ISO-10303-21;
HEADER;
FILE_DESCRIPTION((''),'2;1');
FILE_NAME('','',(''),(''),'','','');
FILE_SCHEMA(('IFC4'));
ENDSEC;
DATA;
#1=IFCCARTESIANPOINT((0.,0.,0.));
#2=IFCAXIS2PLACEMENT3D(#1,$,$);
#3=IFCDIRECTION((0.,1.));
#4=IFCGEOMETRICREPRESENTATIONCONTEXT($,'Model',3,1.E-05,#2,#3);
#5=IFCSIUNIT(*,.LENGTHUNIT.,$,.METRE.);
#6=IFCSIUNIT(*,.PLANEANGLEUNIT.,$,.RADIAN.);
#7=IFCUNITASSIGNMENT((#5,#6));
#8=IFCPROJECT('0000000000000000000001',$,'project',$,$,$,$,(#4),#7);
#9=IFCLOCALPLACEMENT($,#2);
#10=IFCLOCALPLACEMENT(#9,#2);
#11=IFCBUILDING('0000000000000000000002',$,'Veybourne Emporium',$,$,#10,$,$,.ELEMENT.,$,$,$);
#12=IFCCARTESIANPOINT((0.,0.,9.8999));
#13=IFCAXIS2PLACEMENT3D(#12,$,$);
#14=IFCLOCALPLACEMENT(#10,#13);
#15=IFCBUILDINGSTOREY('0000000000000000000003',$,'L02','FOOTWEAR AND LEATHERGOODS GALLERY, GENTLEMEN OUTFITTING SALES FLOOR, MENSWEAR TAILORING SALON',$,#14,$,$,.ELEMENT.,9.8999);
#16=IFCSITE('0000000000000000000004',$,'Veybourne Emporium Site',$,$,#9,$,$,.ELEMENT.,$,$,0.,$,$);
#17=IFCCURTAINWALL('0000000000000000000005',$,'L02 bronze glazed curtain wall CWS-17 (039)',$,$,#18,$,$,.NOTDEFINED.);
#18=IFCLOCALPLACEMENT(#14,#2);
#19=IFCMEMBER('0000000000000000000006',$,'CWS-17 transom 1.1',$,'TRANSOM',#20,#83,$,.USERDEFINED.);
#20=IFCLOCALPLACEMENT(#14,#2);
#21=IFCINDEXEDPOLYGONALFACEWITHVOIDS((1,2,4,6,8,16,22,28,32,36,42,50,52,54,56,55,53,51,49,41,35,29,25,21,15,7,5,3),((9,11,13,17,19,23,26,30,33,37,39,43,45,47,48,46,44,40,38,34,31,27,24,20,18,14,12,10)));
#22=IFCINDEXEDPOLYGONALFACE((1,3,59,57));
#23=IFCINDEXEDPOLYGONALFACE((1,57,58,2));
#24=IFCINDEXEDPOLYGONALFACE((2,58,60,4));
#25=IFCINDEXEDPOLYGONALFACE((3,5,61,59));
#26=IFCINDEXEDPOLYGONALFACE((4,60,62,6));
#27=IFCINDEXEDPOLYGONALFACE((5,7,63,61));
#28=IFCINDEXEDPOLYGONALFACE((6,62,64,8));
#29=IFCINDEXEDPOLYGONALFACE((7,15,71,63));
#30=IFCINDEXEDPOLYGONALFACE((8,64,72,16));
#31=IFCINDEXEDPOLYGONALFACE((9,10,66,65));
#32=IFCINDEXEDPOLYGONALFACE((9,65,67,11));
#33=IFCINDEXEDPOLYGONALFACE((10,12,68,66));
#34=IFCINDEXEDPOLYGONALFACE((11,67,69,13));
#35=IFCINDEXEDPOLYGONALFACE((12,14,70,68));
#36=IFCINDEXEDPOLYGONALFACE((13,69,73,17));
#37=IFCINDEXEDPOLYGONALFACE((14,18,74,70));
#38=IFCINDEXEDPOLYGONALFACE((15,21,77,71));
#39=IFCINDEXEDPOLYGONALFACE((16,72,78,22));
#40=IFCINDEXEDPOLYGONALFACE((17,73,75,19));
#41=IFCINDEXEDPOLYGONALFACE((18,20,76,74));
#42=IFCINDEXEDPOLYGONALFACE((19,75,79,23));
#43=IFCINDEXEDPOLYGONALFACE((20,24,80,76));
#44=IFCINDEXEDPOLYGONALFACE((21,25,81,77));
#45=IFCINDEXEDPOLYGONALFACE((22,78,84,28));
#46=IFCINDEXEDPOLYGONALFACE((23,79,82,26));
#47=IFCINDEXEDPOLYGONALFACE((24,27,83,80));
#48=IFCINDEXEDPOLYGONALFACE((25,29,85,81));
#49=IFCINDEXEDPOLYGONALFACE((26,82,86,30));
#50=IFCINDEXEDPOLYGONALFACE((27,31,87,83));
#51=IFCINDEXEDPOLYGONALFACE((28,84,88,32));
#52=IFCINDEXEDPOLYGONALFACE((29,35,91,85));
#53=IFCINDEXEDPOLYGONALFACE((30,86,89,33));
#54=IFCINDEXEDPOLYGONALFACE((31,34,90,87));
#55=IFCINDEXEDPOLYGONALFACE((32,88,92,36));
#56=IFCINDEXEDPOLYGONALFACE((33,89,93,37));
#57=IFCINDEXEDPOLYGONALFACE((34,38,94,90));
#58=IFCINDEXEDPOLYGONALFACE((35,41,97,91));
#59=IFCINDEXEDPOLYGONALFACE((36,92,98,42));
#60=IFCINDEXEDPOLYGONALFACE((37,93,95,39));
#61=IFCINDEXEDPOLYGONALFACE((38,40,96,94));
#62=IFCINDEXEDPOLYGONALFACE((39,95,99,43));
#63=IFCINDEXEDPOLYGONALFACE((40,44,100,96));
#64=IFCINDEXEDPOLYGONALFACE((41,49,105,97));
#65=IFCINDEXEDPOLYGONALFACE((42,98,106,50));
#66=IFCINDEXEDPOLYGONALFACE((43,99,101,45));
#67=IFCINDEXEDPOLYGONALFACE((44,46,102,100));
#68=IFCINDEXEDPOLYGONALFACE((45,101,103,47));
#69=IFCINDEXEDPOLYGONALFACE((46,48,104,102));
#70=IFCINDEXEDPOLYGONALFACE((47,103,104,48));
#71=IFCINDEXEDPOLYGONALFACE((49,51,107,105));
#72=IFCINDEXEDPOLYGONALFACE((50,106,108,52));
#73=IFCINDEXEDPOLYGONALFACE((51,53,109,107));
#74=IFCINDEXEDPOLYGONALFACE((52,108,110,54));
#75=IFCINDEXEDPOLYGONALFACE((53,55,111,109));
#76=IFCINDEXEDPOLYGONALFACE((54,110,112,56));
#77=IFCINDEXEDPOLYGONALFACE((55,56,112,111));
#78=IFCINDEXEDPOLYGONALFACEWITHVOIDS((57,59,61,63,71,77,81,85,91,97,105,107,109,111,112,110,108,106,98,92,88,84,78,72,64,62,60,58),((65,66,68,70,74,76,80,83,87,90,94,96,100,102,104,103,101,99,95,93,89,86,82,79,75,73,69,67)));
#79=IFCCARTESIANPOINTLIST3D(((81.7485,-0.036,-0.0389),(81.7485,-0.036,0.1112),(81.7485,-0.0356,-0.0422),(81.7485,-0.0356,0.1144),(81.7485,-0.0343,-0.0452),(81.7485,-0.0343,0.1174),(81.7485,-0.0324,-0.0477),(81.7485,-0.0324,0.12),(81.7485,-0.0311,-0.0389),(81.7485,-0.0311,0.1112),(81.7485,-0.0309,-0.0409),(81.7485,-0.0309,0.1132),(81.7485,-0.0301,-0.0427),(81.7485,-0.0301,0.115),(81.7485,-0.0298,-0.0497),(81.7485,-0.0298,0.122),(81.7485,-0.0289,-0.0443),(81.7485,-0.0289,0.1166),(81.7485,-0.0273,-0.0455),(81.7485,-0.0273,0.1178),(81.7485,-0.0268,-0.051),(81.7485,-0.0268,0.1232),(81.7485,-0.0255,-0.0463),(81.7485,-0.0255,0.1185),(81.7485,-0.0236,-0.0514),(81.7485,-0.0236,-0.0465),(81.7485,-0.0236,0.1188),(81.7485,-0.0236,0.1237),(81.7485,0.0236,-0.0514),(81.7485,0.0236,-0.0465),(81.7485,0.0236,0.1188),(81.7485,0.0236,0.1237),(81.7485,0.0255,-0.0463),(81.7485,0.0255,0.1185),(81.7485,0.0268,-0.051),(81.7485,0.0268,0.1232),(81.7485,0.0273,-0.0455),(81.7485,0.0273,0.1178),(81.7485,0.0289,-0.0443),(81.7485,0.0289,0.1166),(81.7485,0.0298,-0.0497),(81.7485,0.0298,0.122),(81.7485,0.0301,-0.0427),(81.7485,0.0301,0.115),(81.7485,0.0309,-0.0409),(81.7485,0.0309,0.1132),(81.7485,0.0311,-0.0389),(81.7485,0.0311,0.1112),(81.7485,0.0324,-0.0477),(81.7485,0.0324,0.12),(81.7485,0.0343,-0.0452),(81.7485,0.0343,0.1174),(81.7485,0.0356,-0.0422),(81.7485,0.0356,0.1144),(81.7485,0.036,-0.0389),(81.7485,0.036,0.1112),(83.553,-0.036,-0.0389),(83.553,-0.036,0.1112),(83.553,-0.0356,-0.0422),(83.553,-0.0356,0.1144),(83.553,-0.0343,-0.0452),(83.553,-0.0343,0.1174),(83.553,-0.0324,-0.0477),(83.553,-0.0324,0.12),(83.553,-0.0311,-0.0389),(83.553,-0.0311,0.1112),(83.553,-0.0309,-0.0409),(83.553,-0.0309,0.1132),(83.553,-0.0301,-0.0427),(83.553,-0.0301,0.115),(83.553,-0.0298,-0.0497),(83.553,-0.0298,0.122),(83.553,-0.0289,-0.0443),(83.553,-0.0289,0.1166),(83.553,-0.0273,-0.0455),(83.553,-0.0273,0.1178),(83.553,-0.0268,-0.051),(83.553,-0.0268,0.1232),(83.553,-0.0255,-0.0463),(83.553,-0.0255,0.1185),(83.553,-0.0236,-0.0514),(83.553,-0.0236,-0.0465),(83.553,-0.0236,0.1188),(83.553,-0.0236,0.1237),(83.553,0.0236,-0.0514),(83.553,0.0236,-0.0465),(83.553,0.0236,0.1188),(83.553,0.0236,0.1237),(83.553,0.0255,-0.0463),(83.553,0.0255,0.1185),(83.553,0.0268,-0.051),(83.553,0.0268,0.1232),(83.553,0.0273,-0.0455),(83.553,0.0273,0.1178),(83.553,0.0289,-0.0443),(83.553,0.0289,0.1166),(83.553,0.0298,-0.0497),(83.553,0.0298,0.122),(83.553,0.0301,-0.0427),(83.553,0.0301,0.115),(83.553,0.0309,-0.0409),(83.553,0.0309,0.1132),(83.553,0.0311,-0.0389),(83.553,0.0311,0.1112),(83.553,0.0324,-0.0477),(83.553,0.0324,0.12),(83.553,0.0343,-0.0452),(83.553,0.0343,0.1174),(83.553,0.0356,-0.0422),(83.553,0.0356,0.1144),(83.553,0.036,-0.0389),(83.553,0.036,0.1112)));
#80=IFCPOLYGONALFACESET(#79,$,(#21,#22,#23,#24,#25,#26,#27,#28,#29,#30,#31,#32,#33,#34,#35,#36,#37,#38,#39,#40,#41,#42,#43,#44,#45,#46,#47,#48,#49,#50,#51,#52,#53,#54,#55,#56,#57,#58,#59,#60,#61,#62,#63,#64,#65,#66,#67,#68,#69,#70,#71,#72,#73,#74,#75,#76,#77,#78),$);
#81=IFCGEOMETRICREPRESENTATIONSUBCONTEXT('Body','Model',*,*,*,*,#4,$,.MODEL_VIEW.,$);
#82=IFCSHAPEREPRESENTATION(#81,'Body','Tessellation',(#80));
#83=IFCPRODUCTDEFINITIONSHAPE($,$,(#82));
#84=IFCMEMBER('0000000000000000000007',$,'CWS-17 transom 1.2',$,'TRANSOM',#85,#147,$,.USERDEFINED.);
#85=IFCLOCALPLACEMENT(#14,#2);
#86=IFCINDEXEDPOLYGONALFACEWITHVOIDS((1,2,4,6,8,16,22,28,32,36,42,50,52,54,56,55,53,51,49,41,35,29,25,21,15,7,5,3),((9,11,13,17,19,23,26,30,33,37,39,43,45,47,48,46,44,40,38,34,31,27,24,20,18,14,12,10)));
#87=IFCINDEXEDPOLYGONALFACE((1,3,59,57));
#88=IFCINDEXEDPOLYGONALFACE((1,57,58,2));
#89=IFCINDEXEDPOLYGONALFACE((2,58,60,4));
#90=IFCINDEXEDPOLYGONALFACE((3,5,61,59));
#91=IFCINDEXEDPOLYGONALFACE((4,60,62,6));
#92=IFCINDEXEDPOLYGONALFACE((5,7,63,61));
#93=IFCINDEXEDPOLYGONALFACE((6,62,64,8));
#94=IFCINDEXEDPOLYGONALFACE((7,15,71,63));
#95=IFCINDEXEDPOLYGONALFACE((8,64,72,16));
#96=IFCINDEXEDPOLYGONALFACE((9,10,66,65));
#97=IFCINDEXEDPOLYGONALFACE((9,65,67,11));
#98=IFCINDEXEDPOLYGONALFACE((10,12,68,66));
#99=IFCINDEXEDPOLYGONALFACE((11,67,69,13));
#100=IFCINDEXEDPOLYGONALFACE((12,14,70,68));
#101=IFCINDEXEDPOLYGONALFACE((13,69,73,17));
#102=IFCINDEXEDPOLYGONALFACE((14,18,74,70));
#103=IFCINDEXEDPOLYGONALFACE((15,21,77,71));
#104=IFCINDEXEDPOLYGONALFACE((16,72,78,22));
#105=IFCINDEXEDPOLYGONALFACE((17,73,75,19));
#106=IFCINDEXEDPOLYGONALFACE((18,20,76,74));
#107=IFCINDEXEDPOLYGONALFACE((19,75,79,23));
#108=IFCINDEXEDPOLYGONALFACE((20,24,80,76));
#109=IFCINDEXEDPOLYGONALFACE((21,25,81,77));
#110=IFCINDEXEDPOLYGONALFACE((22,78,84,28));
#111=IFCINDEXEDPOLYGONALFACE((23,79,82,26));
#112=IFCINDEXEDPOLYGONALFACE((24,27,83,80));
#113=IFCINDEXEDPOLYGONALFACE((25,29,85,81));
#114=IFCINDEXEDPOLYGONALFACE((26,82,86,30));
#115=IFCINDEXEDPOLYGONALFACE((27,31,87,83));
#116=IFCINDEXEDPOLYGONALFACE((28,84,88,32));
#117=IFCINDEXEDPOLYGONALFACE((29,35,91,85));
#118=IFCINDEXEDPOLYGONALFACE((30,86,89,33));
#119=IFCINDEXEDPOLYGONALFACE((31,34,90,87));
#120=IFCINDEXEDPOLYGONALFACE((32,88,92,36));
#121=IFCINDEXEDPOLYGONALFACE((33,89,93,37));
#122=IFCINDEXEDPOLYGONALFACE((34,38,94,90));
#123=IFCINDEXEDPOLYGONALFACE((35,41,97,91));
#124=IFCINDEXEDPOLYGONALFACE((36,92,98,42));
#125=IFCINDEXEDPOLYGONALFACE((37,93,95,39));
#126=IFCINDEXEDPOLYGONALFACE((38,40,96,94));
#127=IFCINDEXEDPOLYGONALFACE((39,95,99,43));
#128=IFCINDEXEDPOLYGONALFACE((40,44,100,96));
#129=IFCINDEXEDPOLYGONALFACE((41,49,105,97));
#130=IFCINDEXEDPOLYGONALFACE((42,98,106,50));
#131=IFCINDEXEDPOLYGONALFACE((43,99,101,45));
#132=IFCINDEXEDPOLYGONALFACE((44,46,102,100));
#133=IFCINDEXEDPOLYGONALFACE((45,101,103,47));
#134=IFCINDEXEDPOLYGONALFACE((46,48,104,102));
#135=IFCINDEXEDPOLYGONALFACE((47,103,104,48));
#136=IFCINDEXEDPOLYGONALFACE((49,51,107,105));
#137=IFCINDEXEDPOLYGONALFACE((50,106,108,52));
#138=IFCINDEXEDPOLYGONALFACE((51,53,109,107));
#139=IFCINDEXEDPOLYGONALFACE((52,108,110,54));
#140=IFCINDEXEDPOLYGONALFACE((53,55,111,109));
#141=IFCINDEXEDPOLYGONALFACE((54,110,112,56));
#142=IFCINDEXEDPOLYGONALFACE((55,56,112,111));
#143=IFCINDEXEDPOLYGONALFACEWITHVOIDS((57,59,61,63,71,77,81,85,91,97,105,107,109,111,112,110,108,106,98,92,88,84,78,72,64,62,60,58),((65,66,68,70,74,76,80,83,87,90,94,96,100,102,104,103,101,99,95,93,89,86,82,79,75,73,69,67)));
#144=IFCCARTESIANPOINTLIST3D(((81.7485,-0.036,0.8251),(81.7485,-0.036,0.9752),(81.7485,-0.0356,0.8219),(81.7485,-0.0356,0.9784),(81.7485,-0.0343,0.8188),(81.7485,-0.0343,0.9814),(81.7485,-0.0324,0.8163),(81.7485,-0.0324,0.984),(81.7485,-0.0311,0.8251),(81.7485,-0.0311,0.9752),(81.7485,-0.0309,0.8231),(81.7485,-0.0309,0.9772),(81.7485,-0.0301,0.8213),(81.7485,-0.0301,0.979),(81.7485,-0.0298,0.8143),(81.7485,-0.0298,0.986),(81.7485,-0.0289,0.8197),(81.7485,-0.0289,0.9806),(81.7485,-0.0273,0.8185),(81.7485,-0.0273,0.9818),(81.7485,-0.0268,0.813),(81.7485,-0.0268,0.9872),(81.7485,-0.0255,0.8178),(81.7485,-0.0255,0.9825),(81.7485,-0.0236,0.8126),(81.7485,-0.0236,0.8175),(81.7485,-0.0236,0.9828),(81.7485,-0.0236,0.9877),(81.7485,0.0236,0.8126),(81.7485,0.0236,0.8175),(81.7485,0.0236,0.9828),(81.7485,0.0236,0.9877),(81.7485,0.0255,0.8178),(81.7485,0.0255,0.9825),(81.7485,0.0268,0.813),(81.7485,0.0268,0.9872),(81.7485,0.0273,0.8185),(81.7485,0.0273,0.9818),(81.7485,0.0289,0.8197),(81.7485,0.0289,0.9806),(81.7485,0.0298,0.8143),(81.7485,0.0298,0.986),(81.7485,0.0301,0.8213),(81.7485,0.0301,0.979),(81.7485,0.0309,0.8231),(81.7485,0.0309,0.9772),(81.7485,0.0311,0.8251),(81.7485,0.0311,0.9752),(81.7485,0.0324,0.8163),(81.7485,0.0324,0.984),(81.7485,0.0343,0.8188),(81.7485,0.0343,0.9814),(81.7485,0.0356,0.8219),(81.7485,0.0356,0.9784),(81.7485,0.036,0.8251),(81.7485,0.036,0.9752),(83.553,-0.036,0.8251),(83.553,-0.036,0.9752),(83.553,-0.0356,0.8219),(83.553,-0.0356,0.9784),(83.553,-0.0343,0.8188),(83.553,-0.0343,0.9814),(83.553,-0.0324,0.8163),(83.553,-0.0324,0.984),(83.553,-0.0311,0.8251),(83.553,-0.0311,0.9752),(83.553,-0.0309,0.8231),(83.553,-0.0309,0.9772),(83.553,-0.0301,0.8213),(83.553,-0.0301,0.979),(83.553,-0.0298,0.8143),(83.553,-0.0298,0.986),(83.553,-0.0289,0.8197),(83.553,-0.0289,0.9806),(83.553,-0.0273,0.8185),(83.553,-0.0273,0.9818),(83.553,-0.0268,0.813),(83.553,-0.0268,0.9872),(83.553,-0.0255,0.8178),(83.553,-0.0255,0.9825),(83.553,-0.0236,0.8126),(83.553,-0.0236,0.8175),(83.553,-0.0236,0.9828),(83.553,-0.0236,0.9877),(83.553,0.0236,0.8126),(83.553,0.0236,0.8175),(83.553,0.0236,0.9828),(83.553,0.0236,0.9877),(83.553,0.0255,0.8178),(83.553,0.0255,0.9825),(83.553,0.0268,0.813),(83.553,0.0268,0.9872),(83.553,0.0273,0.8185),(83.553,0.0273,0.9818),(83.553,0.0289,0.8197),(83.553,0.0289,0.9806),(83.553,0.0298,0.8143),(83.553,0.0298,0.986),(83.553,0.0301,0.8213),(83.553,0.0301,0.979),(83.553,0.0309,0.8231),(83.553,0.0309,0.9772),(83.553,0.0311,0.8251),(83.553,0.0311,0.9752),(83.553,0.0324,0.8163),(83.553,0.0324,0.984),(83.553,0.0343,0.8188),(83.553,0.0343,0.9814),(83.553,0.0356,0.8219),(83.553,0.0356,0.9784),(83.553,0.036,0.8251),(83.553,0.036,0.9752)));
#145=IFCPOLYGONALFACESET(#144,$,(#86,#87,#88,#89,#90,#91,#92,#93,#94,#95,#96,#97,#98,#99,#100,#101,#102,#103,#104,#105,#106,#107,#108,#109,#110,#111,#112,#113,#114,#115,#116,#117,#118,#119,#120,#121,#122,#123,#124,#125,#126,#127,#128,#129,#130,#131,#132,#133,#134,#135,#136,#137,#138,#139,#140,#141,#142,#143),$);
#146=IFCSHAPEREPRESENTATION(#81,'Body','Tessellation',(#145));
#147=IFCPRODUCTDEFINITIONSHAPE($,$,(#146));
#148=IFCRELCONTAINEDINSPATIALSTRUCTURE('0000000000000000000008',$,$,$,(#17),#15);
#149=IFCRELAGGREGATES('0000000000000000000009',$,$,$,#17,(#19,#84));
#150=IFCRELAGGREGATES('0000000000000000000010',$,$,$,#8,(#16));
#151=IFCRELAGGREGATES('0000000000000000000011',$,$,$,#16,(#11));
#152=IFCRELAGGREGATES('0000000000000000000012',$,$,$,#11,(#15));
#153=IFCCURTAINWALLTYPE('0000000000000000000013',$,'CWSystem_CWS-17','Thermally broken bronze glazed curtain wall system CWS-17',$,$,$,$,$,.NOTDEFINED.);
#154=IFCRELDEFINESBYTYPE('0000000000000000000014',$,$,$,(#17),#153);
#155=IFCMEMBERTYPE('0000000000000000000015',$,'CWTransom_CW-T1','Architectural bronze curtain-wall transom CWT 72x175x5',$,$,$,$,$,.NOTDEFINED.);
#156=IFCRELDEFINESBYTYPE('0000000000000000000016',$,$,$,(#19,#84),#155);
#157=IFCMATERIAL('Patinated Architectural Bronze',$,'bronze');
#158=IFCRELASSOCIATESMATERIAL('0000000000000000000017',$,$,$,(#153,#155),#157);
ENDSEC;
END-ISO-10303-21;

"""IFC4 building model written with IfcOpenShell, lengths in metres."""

from ifc_helpers import new_model, si_unit, direction, frame, origin, origin_2d, place, context, subcontext, project, spatial, hollow_rectangle, extrude, material, material_profile, profile_set, type_object, element, aggregate, save


model = new_model("IFC4")

# Units and contexts
model_context = context("Model", 3, precision=1e-05, world=origin(), true_north=direction((0.0, 1.0)))
body_context = subcontext(model_context, "Body", "Model", "MODEL_VIEW")
ifc_project = project(units=[si_unit("LENGTHUNIT", "METRE"), si_unit("PLANEANGLEUNIT", "RADIAN")], contexts=[model_context])

# Site, building, storey
site_placement = place(None, origin())
site = spatial("IfcSite", under=ifc_project, at=site_placement, Name="Veybourne Emporium Site", CompositionType="ELEMENT", RefElevation=0.0)
building_placement = place(site_placement, origin())
building = spatial("IfcBuilding", under=site, at=building_placement, Name="Veybourne Emporium", CompositionType="ELEMENT")
storey_placement = place(building_placement, frame((0.0, 0.0, 9.8999)))
storey = spatial("IfcBuildingStorey", under=building, at=storey_placement, Name="L02", Description="FOOTWEAR AND LEATHERGOODS GALLERY, GENTLEMEN OUTFITTING SALES FLOOR, MENSWEAR TAILORING SALON", CompositionType="ELEMENT", Elevation=9.8999)

# Curtain wall
ifc_material_1 = material(Name="Patinated Architectural Bronze", Category="bronze")
curtain_wall_type_1 = type_object("IfcCurtainWallType", Name="CWSystem_CWS-17", Description="Thermally broken bronze glazed curtain wall system CWS-17", PredefinedType="NOTDEFINED", material=ifc_material_1)
curtain_wall_1_placement = place(storey_placement, origin())
curtain_wall_1 = element("IfcCurtainWall", 1, at=curtain_wall_1_placement, inside=storey, type_object=curtain_wall_type_1, Name="L02 bronze glazed curtain wall CWS-17 (039)", PredefinedType="NOTDEFINED")

# Members
ifc_material_profile_1 = material_profile(ifc_material_1, hollow_rectangle(XDim=0.072, YDim=0.175, WallThickness=0.0049, InnerFilletRadius=0.0076, OuterFilletRadius=0.0125, at=origin_2d()), Name="CWT 72x175x5")
ifc_profile_set_1 = profile_set([ifc_material_profile_1], Name="Patinated Architectural Bronze")
member_type_1 = type_object("IfcMemberType", Name="CWTransom_CW-T1", Description="Architectural bronze curtain-wall transom CWT 72x175x5", PredefinedType="NOTDEFINED", material=ifc_profile_set_1)
member_1_placement = place(storey_placement, frame((83.553, 0.0, 0.0361), z_axis=(-1.0, 0.0, 0.0), x_axis=(0.0, -1.0, 0.0)))
member_1 = element("IfcMember", 2, at=member_1_placement, type_object=member_type_1, Name="CWS-17 transom 1.1", ObjectType="TRANSOM", PredefinedType="USERDEFINED", context=body_context, shape_type="SweptSolid", body=[
    extrude(hollow_rectangle(XDim=0.072, YDim=0.175, WallThickness=0.0049, InnerFilletRadius=0.0076, OuterFilletRadius=0.0125, at=origin_2d()), origin(), (0.0, 0.0, 1.0), 1.8044),
])
member_2_placement = place(storey_placement, frame((83.553, 0.0, 0.9001), z_axis=(-1.0, 0.0, 0.0), x_axis=(0.0, -1.0, 0.0)))
member_2 = element("IfcMember", 3, at=member_2_placement, type_object=member_type_1, Name="CWS-17 transom 1.2", ObjectType="TRANSOM", PredefinedType="USERDEFINED", context=body_context, shape_type="SweptSolid", body=[
    extrude(hollow_rectangle(XDim=0.072, YDim=0.175, WallThickness=0.0049, InnerFilletRadius=0.0076, OuterFilletRadius=0.0125, at=origin_2d()), origin(), (0.0, 0.0, 1.0), 1.8044),
])

aggregate(curtain_wall_1, [member_1, member_2])

save(model, "model.ifc")
